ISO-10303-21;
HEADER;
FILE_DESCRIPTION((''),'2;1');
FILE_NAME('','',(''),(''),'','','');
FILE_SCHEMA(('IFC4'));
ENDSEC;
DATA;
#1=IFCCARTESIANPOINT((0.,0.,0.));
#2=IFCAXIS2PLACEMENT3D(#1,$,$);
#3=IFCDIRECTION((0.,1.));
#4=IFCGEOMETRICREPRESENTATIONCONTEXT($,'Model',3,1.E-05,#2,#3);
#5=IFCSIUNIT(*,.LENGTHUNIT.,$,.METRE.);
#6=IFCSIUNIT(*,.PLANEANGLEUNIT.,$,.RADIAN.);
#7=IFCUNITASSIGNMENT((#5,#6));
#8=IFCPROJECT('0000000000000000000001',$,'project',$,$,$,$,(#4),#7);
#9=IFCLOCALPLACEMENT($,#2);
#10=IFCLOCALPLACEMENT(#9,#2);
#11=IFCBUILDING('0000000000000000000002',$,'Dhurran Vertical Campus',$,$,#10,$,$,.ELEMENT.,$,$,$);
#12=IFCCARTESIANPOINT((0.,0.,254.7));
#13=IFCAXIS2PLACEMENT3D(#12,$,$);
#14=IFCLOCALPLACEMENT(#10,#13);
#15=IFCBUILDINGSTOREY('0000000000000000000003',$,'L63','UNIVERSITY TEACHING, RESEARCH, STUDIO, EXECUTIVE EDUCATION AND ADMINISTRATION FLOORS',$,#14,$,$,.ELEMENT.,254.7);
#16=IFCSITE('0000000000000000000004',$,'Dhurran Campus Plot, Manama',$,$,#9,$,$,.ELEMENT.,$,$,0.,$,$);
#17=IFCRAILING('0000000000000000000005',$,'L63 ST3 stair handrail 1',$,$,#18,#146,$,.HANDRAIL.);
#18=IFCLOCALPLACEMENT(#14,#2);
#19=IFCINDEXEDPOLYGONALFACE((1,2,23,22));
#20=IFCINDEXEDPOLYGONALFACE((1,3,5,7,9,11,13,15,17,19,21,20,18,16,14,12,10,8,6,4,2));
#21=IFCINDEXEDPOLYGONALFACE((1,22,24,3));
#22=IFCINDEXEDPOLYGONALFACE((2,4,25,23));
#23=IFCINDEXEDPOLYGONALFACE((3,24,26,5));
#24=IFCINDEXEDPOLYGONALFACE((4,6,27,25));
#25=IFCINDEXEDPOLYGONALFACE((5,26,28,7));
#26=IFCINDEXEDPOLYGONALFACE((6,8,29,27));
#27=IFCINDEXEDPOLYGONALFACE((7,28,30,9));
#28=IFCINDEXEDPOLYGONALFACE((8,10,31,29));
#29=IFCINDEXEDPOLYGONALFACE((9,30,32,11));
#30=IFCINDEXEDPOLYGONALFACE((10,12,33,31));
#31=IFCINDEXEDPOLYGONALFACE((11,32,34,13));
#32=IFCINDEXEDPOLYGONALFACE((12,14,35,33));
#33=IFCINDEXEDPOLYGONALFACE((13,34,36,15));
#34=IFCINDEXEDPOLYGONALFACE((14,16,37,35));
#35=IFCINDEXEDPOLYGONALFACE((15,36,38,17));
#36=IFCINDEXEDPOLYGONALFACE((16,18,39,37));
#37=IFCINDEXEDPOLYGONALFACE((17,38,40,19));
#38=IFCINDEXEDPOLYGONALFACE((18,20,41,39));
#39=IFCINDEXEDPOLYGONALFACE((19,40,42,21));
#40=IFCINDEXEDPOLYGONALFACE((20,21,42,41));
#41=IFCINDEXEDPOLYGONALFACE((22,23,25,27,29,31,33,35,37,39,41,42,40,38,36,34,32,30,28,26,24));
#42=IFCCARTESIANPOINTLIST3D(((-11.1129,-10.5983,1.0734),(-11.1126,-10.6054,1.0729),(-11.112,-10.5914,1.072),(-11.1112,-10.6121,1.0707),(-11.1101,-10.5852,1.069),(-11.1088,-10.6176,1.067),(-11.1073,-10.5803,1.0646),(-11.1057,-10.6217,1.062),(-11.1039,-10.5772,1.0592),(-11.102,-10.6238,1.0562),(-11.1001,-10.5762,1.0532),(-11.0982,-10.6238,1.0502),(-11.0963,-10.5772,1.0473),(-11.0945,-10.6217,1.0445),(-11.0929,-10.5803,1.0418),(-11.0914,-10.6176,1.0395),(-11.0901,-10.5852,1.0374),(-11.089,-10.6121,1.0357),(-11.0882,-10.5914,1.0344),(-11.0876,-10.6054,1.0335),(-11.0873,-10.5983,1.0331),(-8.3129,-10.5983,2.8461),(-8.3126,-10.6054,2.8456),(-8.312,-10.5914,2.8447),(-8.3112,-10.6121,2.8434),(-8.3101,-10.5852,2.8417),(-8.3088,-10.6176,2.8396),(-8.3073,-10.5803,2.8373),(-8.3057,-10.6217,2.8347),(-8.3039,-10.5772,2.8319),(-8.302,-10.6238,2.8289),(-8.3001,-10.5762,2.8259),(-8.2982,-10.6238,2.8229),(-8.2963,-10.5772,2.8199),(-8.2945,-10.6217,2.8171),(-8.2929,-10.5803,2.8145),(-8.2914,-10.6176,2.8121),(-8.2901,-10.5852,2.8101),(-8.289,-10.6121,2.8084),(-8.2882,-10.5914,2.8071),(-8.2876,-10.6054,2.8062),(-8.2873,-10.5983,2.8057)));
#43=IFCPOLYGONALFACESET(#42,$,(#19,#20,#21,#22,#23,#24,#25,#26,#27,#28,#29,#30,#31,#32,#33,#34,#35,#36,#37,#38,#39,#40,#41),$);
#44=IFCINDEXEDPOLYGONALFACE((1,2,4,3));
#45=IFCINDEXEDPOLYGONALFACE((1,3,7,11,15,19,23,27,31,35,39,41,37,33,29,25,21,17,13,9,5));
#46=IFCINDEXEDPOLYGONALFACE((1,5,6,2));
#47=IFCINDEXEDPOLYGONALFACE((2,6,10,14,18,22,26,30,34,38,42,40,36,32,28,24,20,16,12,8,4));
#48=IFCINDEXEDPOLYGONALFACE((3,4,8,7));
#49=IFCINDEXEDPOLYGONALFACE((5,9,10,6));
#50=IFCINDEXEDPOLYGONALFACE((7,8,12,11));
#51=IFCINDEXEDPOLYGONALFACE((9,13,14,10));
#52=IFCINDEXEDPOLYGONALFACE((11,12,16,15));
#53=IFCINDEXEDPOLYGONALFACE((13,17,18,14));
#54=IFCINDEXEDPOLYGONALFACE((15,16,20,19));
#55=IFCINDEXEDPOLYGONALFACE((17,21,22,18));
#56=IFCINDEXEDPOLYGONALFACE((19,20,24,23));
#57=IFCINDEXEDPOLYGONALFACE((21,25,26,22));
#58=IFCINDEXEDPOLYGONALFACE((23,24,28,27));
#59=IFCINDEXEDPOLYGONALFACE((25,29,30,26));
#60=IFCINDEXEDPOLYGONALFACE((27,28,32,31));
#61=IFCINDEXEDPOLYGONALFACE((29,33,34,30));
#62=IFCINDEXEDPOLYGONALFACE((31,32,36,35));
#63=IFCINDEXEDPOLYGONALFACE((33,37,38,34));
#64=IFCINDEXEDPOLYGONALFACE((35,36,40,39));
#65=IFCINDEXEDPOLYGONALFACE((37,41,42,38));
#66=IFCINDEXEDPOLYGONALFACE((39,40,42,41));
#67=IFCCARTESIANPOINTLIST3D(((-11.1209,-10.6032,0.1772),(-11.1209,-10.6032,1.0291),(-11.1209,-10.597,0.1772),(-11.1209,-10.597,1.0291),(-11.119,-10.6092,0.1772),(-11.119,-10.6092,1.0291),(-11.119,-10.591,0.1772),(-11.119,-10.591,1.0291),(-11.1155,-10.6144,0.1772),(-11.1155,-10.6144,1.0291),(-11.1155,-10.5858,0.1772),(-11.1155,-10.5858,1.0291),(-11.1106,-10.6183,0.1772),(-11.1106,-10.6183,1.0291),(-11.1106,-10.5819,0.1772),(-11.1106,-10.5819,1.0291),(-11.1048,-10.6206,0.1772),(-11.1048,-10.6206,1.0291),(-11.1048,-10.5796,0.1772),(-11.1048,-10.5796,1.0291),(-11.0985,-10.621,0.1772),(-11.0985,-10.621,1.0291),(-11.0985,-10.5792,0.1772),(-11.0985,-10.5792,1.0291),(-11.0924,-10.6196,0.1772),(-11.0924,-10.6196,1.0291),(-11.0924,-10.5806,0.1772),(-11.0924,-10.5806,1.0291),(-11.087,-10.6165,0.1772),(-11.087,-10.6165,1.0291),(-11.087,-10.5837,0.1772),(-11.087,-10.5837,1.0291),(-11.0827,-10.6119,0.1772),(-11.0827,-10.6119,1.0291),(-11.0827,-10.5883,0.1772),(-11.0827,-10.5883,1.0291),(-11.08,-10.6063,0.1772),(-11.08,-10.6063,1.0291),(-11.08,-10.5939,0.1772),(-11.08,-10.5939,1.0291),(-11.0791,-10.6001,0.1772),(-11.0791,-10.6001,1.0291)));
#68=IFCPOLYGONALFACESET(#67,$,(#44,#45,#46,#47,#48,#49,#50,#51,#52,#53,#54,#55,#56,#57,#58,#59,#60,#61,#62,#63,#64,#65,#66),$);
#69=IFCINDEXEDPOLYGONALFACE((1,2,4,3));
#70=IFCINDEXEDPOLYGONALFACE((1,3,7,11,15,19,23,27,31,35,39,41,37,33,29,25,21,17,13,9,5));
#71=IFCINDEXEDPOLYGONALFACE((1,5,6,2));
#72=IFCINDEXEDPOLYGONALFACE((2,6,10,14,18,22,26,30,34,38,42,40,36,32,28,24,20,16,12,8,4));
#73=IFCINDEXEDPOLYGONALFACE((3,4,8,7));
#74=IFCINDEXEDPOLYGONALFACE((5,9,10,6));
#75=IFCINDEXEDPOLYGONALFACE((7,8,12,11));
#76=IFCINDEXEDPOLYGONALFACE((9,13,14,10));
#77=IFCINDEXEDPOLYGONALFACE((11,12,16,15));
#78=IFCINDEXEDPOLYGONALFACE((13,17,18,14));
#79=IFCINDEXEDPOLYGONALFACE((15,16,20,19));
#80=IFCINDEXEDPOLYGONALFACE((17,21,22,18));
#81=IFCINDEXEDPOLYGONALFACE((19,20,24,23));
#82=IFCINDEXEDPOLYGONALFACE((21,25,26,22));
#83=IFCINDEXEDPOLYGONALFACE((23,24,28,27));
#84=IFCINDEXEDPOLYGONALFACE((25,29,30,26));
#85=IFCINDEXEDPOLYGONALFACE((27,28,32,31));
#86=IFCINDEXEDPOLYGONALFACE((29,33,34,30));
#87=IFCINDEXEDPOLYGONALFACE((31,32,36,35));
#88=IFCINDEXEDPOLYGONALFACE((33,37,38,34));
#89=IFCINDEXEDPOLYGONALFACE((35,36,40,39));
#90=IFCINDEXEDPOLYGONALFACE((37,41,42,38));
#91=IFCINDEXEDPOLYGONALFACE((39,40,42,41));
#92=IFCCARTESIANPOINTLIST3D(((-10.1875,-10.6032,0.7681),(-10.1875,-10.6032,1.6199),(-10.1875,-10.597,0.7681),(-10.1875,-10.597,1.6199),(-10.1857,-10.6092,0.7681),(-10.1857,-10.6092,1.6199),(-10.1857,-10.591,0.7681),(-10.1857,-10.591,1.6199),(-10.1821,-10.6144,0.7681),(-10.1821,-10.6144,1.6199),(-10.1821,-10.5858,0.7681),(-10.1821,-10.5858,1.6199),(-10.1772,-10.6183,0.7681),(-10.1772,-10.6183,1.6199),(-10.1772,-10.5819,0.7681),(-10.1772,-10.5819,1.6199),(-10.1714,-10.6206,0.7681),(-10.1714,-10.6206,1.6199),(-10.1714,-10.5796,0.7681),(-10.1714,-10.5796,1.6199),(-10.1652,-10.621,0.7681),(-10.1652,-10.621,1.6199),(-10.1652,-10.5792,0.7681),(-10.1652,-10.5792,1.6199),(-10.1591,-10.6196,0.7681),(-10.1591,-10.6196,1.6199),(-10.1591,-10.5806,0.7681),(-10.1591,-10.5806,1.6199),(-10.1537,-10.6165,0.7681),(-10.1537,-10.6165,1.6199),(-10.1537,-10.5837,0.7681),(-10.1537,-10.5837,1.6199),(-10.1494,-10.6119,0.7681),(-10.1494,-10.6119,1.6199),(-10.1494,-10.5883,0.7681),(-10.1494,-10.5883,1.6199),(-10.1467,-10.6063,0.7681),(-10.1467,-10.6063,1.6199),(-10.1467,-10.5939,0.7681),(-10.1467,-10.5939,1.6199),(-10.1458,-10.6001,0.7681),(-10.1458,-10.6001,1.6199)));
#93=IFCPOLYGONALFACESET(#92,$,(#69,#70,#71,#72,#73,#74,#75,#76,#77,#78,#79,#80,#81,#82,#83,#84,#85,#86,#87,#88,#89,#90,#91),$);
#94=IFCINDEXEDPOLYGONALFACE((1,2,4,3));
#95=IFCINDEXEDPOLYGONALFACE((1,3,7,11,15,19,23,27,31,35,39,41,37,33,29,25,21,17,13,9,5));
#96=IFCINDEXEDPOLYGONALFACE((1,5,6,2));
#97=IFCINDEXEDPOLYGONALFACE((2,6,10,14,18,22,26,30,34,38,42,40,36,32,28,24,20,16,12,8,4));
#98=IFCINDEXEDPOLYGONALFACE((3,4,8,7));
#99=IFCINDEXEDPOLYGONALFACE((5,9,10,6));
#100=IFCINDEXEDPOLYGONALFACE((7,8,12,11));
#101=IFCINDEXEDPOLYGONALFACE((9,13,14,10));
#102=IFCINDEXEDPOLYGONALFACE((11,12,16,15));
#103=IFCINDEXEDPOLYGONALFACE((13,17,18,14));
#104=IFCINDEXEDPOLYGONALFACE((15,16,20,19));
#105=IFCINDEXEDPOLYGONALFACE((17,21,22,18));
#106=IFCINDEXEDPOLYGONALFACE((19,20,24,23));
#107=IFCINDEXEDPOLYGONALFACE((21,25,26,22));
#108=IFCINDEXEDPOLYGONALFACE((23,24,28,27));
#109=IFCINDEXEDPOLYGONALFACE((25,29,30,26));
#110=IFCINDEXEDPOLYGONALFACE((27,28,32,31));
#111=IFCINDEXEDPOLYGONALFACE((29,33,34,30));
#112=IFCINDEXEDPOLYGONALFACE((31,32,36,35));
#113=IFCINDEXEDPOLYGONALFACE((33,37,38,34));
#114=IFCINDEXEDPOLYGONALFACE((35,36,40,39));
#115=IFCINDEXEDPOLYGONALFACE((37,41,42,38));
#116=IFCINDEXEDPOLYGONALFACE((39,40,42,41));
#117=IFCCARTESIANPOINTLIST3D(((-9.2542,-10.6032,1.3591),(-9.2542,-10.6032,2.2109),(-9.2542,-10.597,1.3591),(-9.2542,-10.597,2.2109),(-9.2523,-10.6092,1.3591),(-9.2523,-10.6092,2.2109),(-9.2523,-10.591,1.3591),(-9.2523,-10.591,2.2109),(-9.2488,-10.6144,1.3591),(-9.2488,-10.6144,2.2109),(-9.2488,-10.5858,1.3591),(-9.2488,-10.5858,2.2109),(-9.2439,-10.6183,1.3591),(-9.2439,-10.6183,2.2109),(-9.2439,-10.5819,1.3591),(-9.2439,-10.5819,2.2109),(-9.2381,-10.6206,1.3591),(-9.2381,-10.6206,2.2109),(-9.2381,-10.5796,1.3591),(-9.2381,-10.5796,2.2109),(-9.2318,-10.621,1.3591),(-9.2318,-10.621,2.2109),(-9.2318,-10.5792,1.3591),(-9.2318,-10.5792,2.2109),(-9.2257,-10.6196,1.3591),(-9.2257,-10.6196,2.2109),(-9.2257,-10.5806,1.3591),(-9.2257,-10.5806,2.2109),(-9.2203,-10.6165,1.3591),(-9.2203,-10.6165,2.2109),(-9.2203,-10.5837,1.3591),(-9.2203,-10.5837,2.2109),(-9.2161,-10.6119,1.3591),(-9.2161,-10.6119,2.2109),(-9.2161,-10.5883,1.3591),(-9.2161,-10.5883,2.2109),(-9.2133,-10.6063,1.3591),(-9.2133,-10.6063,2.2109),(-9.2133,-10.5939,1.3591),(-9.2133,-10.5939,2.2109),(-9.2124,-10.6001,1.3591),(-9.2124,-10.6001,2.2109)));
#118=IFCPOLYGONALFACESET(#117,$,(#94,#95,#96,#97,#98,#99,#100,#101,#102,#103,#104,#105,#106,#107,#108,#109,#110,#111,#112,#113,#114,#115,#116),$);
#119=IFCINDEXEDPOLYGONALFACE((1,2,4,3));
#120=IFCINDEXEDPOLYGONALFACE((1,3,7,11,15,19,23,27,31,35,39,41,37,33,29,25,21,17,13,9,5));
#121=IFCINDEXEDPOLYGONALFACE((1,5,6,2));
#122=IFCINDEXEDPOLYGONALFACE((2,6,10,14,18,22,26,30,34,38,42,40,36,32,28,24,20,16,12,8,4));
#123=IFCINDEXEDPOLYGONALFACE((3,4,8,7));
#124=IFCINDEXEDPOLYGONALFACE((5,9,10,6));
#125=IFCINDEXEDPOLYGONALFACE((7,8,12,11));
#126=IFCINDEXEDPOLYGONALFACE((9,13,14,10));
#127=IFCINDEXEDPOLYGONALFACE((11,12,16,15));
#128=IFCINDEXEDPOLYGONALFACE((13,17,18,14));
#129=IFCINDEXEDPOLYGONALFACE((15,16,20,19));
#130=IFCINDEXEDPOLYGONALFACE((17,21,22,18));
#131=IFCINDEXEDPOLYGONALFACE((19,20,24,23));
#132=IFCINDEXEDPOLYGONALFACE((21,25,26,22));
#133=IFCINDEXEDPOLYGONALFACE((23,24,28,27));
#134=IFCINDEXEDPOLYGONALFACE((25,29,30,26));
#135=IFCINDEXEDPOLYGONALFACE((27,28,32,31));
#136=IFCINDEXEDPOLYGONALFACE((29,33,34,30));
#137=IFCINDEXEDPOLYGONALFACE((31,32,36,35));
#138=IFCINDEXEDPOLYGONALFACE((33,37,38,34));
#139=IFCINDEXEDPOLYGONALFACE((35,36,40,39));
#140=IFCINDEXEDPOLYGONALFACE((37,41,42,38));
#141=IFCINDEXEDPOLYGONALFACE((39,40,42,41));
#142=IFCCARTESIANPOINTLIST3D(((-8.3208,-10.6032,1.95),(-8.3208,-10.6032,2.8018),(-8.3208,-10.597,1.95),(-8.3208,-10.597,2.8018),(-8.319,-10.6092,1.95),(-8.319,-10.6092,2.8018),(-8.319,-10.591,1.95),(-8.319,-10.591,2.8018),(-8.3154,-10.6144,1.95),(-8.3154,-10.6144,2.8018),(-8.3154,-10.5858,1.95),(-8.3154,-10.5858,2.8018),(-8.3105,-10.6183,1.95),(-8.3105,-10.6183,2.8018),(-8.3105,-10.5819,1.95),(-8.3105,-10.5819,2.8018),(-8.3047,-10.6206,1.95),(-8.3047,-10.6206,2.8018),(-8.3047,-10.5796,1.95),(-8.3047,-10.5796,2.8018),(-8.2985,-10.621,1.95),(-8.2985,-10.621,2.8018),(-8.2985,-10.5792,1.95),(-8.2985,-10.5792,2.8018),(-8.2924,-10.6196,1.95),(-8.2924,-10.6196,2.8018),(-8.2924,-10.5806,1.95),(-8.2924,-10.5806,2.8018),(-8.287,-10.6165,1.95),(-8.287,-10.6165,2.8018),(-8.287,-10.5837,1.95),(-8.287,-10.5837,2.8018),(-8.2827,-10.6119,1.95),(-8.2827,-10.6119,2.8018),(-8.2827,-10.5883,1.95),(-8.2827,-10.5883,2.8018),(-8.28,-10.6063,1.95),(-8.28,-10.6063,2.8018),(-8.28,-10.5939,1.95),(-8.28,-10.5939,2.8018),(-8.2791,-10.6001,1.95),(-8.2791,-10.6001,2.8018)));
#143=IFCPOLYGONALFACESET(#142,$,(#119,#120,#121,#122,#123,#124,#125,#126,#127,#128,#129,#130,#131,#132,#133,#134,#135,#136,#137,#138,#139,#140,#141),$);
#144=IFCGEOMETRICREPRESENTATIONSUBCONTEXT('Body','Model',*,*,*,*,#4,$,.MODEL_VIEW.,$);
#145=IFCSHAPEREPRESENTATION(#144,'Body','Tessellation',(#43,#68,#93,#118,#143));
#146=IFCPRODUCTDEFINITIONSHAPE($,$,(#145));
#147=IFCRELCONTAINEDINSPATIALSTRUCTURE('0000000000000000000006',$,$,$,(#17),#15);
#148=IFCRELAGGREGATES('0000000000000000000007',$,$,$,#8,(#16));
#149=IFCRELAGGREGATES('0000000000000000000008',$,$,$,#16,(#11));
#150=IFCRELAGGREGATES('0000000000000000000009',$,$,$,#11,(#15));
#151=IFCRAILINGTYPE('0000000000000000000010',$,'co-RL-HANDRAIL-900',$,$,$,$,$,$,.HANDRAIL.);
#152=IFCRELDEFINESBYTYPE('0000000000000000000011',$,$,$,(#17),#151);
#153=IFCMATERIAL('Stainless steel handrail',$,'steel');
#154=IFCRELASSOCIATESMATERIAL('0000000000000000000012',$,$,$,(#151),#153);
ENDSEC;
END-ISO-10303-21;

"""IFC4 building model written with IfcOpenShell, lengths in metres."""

from ifc_helpers import new_model, si_unit, direction, frame, origin, origin_2d, place, context, subcontext, project, spatial, circle, extrude, material, type_object, element, save


model = new_model("IFC4")

# Units and contexts
model_context = context("Model", 3, precision=1e-05, world=origin(), true_north=direction((0.0, 1.0)))
body_context = subcontext(model_context, "Body", "Model", "MODEL_VIEW")
ifc_project = project(units=[si_unit("LENGTHUNIT", "METRE"), si_unit("PLANEANGLEUNIT", "RADIAN")], contexts=[model_context])

# Site, building, storey
site_placement = place(None, origin())
site = spatial("IfcSite", under=ifc_project, at=site_placement, Name="Dhurran Campus Plot, Manama", CompositionType="ELEMENT", RefElevation=0.0)
building_placement = place(site_placement, origin())
building = spatial("IfcBuilding", under=site, at=building_placement, Name="Dhurran Vertical Campus", CompositionType="ELEMENT")
storey_placement = place(building_placement, frame((0.0, 0.0, 254.7)))
storey = spatial("IfcBuildingStorey", under=building, at=storey_placement, Name="L63", Description="UNIVERSITY TEACHING, RESEARCH, STUDIO, EXECUTIVE EDUCATION AND ADMINISTRATION FLOORS", CompositionType="ELEMENT", Elevation=254.7)

# Railing
ifc_material_1 = material(Name="Stainless steel handrail", Category="steel")
railing_type_1 = type_object("IfcRailingType", Name="co-RL-HANDRAIL-900", PredefinedType="HANDRAIL", material=ifc_material_1)
railing_1_placement = place(storey_placement, frame((-11.1001, -10.6001, 0.1772)))
element("IfcRailing", 1, at=railing_1_placement, inside=storey, type_object=railing_type_1, Name="L63 ST3 stair handrail 1", PredefinedType="HANDRAIL", context=body_context, shape_type="SweptSolid", body=[
    extrude(circle(Radius=0.0239, at=origin_2d()), frame((0.0, 0.0, 0.876), z_axis=(0.844909, 0.0, 0.53491), x_axis=(0.0, 1.0, 0.0)), (0.0, 0.0, 1.0), 3.314),
    extrude(circle(Radius=0.021, at=origin_2d()), origin(), (0.0, 0.0, 1.0), 0.8518),
    extrude(circle(Radius=0.021, at=origin_2d()), frame((0.9333, 0.0, 0.5908)), (0.0, 0.0, 1.0), 0.8518),
    extrude(circle(Radius=0.021, at=origin_2d()), frame((1.8667, 0.0, 1.1819)), (0.0, 0.0, 1.0), 0.8518),
    extrude(circle(Radius=0.021, at=origin_2d()), frame((2.8, 0.0, 1.7727)), (0.0, 0.0, 1.0), 0.8518),
])

save(model, "model.ifc")
